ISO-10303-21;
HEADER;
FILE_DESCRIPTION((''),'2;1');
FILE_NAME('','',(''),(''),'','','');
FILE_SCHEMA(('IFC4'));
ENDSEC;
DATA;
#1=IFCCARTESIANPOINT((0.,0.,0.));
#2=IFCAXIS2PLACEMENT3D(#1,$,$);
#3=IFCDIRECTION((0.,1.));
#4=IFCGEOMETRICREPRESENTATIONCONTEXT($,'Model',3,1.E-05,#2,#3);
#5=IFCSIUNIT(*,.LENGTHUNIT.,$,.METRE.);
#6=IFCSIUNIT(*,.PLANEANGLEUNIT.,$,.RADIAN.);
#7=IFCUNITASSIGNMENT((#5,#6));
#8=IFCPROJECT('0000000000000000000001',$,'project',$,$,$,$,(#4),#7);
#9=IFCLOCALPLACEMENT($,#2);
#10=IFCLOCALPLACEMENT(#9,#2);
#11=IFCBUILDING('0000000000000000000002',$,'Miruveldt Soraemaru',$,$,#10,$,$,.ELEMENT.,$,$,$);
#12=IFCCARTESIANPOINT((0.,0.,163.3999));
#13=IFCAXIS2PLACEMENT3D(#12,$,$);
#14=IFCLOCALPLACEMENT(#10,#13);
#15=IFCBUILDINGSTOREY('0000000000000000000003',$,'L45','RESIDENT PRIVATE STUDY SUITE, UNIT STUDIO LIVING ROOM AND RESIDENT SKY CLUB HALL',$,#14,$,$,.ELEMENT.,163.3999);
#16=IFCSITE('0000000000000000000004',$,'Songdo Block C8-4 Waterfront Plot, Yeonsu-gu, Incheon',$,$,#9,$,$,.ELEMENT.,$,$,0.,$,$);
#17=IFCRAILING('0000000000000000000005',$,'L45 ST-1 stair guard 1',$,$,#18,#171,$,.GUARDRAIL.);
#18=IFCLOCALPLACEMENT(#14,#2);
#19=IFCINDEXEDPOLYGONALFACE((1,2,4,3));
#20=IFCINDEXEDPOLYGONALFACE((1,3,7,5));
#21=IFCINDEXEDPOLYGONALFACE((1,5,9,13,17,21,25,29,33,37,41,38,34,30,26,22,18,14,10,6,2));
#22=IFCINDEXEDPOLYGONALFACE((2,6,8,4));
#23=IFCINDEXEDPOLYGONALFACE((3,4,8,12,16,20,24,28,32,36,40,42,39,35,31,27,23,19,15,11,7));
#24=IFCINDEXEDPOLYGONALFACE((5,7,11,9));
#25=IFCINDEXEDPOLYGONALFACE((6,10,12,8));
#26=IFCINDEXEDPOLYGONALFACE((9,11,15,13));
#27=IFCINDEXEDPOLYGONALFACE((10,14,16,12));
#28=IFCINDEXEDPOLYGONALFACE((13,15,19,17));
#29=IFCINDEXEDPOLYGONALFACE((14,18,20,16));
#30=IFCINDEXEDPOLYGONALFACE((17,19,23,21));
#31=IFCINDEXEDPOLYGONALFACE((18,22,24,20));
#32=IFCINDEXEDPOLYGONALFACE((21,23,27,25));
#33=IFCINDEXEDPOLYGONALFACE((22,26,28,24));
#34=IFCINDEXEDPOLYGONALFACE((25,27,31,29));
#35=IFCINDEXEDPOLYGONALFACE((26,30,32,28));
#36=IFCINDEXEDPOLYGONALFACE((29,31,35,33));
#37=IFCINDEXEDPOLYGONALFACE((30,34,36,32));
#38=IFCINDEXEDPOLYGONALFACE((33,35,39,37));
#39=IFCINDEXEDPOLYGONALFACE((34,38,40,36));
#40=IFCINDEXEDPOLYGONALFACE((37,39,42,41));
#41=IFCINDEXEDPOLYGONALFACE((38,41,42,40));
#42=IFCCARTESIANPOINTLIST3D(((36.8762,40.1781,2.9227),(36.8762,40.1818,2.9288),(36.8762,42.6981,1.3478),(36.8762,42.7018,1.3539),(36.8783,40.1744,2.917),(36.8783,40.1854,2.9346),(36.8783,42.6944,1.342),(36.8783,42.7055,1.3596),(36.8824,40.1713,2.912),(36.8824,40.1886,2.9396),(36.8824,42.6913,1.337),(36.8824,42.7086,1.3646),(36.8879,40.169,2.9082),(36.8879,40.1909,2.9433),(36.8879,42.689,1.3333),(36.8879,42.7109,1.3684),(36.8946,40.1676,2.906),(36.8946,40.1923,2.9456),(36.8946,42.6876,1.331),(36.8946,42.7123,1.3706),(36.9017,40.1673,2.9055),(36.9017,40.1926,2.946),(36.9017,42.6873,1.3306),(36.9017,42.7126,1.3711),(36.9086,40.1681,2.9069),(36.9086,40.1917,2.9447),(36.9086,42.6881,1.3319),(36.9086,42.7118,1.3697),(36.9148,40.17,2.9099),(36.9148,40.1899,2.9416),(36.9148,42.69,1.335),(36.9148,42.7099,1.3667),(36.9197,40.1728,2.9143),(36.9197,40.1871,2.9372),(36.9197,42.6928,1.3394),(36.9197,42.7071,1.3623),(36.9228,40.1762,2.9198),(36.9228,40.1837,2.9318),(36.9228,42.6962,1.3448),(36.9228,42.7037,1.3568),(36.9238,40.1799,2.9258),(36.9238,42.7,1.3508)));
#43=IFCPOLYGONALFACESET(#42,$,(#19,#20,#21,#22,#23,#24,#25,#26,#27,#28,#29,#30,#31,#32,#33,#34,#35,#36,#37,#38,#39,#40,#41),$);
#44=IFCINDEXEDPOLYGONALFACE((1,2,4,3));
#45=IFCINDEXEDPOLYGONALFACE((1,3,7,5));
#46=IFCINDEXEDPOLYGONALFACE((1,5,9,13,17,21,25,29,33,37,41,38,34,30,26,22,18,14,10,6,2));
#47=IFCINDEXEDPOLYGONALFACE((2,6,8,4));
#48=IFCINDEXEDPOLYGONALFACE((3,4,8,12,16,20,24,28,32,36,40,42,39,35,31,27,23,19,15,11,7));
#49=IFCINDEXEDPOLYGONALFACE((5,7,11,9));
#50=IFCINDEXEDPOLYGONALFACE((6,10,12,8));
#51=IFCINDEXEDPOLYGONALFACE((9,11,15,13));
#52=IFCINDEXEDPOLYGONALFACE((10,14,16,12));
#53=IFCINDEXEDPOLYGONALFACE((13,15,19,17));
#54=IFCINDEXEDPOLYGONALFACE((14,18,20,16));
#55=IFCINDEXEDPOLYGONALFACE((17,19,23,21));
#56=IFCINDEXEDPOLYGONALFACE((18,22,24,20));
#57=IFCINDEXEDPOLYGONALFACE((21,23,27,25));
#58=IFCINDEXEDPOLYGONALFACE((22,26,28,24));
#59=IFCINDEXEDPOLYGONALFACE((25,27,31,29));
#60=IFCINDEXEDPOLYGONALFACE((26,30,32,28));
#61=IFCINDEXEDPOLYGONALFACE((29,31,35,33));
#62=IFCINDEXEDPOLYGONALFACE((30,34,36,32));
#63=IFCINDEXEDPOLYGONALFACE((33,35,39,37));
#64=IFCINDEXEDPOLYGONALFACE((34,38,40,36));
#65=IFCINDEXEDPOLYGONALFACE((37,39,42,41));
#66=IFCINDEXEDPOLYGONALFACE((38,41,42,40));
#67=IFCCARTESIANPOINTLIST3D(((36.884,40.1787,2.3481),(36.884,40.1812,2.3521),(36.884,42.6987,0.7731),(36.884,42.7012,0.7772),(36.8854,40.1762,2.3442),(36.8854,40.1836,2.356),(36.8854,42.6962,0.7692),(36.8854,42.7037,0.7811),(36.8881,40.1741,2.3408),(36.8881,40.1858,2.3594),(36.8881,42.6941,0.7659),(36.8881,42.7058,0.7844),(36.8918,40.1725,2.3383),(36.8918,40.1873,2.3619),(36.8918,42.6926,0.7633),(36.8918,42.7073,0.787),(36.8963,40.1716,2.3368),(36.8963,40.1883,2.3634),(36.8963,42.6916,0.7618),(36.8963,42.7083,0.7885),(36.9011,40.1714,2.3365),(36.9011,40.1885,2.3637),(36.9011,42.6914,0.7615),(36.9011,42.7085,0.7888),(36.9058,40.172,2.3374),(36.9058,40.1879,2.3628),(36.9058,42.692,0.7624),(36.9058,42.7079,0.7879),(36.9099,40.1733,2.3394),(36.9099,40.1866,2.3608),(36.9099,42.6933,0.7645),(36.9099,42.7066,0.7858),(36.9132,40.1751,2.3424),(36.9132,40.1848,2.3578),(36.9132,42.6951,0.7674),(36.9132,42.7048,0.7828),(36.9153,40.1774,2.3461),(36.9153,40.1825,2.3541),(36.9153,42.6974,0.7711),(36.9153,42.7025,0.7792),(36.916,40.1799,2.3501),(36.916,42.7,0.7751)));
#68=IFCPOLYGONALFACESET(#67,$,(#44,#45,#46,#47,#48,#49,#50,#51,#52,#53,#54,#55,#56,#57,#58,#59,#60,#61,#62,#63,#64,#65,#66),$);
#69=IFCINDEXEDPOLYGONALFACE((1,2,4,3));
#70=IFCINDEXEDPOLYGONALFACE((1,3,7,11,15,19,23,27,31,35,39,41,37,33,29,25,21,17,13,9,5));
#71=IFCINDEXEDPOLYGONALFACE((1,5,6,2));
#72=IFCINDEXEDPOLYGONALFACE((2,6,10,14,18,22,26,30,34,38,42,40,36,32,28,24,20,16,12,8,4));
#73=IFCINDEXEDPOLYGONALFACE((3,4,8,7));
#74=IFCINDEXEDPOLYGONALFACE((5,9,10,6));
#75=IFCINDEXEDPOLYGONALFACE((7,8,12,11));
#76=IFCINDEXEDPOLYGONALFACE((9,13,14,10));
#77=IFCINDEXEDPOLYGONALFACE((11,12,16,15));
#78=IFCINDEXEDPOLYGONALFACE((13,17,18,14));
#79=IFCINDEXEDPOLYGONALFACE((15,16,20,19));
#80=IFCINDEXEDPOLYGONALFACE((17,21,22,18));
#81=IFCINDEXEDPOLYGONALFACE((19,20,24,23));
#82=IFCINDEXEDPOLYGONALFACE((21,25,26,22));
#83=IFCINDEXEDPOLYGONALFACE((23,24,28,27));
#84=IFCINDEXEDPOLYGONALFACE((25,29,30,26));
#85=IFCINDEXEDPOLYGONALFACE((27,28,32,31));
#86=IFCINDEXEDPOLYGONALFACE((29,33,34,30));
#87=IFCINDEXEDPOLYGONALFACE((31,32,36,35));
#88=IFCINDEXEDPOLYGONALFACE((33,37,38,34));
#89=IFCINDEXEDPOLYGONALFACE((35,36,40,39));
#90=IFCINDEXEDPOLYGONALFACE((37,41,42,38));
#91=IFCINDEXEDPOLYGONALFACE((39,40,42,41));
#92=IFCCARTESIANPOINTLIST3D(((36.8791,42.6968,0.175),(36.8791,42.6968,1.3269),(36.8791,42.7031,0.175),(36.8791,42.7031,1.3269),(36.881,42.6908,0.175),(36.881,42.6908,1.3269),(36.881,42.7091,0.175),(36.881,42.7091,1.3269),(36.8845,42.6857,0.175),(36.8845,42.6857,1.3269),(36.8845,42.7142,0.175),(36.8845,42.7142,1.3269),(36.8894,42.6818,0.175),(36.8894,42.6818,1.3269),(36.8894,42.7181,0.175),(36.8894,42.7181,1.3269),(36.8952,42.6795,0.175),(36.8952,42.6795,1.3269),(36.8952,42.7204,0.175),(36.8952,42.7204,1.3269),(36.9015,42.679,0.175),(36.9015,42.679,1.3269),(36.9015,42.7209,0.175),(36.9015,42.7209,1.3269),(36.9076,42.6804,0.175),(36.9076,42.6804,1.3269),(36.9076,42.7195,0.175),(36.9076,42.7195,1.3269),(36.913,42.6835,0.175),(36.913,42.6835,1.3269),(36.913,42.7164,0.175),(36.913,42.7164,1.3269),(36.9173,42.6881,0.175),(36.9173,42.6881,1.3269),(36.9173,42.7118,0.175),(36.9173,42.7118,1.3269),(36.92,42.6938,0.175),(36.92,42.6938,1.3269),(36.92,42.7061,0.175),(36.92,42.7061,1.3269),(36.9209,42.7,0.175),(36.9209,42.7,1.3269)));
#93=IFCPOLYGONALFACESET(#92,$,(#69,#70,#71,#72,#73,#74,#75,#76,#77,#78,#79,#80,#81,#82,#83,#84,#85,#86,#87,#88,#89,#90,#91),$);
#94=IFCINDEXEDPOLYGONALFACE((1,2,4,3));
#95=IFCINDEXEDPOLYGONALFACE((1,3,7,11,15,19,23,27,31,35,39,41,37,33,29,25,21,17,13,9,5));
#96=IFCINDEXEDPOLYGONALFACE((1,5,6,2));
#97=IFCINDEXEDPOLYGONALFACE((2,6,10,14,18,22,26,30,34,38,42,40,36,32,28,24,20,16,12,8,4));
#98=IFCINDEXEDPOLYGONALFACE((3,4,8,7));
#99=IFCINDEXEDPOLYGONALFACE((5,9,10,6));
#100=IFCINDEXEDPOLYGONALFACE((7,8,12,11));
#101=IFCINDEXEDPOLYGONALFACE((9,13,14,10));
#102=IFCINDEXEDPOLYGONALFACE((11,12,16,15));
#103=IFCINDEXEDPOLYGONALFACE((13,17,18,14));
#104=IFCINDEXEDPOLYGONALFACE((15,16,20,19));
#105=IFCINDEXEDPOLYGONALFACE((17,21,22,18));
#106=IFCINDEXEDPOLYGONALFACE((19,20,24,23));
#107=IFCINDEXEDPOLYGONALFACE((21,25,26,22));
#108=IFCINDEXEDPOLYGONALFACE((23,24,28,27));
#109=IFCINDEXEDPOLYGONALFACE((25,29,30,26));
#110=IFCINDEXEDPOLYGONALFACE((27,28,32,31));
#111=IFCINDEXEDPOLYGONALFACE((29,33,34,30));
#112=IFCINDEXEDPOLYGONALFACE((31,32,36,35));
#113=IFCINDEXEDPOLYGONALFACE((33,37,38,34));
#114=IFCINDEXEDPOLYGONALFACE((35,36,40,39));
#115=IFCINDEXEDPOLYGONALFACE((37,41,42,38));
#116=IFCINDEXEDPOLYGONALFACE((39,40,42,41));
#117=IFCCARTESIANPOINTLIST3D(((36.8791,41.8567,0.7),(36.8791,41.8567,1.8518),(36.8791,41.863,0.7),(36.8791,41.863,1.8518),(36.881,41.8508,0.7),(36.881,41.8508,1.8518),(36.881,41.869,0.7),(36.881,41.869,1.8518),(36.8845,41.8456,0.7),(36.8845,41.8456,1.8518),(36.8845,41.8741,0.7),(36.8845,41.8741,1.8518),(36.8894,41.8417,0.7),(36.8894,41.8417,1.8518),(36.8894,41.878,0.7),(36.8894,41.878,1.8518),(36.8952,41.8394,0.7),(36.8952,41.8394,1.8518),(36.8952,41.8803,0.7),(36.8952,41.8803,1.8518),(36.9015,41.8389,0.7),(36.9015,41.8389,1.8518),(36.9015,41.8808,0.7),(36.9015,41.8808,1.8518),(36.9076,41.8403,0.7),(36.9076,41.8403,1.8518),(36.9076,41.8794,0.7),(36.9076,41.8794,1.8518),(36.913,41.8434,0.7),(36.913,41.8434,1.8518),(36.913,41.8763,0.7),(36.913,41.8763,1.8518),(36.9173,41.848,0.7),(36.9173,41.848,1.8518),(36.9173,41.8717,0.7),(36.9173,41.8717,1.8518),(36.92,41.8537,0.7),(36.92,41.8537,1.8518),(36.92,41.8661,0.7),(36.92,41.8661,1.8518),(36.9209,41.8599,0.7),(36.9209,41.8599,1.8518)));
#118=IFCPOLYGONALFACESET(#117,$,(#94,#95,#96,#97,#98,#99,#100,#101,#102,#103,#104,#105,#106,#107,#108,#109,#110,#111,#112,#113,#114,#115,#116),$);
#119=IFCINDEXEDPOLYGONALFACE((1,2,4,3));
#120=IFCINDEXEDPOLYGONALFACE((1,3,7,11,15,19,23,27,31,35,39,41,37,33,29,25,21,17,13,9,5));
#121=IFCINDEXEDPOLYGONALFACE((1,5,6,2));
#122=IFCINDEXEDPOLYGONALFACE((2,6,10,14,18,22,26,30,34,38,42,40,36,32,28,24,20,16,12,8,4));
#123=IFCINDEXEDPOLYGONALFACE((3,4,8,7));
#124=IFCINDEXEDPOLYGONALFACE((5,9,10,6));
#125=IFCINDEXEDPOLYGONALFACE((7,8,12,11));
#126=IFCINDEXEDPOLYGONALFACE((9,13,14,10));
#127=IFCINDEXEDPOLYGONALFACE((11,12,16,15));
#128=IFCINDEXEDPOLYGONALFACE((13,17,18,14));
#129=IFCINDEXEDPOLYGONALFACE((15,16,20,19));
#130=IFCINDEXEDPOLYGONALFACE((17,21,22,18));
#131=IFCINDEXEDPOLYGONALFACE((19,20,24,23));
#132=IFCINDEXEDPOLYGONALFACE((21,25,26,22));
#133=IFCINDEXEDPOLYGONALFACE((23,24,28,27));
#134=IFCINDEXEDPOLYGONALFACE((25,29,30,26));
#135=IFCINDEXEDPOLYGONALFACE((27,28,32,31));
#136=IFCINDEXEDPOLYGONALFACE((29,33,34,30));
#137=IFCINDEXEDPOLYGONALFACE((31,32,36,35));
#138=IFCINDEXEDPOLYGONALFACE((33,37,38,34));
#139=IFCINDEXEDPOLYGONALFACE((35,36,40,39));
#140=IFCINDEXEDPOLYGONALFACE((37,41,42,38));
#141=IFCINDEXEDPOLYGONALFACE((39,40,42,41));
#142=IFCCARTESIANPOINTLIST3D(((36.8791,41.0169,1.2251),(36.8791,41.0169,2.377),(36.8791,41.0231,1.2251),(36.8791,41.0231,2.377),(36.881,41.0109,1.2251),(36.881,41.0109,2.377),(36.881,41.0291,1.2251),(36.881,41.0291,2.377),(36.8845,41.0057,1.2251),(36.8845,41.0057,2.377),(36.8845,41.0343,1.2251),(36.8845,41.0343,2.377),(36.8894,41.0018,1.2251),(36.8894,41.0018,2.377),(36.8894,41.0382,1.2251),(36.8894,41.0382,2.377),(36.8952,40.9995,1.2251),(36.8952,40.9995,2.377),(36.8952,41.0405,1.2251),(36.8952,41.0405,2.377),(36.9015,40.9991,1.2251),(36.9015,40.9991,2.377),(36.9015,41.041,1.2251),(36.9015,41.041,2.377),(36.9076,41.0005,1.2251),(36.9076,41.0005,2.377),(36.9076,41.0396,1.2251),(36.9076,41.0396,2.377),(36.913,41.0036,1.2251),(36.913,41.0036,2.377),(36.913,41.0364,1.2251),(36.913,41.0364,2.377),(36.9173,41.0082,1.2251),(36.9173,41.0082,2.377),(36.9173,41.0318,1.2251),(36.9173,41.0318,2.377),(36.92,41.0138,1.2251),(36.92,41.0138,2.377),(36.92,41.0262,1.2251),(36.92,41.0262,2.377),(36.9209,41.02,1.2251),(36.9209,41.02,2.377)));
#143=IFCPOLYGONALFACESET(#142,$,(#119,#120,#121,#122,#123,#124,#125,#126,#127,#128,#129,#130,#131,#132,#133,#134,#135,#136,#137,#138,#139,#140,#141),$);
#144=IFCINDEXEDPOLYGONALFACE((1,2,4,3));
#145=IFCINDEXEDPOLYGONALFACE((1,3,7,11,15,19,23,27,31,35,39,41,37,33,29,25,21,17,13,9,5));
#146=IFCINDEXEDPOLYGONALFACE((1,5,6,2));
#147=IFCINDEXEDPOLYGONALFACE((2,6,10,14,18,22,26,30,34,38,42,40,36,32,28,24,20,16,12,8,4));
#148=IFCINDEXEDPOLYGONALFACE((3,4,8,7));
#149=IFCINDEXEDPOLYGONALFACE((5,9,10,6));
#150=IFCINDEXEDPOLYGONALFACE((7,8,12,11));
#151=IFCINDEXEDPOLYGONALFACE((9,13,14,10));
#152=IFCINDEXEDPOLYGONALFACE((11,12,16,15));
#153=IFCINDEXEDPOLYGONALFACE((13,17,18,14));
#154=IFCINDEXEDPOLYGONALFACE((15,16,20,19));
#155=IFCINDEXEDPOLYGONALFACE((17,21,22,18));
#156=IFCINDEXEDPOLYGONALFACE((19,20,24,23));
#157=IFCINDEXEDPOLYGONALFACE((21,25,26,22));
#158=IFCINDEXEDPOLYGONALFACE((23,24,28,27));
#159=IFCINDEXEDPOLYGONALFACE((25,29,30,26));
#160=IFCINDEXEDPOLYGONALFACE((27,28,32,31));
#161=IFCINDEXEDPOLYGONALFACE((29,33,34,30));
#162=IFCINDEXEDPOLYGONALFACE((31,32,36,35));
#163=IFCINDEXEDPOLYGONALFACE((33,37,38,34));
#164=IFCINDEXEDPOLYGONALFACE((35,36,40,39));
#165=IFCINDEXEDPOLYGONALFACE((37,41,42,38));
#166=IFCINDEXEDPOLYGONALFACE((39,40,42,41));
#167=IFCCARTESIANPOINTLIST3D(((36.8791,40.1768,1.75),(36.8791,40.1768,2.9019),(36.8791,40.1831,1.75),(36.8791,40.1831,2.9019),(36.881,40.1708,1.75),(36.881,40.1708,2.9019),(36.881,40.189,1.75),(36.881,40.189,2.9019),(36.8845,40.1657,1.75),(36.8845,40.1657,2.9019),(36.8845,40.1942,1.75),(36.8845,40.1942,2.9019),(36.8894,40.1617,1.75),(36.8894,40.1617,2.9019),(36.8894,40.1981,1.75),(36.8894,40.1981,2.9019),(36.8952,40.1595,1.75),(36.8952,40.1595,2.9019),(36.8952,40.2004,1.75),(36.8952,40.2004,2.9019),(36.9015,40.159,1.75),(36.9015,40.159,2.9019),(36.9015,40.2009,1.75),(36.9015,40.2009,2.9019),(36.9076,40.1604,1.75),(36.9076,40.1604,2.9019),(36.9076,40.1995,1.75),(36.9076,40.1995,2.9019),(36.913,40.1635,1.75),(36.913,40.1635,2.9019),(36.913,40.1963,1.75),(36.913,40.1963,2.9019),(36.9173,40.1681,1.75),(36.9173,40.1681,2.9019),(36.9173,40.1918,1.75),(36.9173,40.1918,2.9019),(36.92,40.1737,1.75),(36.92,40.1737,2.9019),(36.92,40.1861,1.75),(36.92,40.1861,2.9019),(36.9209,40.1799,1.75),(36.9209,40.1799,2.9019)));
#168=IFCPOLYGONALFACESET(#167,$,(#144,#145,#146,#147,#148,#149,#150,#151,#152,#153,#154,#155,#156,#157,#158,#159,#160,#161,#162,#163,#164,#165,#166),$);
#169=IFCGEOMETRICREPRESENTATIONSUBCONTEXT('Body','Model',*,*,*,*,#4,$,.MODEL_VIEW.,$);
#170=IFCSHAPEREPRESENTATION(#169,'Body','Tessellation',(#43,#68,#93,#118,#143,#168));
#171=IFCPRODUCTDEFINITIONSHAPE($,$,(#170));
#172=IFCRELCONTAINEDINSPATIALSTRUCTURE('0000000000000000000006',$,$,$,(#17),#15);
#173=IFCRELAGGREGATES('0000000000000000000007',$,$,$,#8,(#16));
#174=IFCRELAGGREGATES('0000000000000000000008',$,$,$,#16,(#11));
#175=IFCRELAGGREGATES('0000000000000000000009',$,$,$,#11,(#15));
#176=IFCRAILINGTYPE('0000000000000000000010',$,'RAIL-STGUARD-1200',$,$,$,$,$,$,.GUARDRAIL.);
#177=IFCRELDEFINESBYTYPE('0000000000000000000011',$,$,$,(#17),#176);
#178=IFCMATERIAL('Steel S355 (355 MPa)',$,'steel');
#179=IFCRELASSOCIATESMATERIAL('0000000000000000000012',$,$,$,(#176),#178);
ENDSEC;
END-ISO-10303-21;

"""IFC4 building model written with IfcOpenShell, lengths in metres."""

from ifc_helpers import new_model, si_unit, direction, frame, origin, origin_2d, place, context, subcontext, project, spatial, circle, extrude, material, type_object, element, save


model = new_model("IFC4")

# Units and contexts
model_context = context("Model", 3, precision=1e-05, world=origin(), true_north=direction((0.0, 1.0)))
body_context = subcontext(model_context, "Body", "Model", "MODEL_VIEW")
ifc_project = project(units=[si_unit("LENGTHUNIT", "METRE"), si_unit("PLANEANGLEUNIT", "RADIAN")], contexts=[model_context])

# Site, building, storey
site_placement = place(None, origin())
site = spatial("IfcSite", under=ifc_project, at=site_placement, Name="Songdo Block C8-4 Waterfront Plot, Yeonsu-gu, Incheon", CompositionType="ELEMENT", RefElevation=0.0)
building_placement = place(site_placement, origin())
building = spatial("IfcBuilding", under=site, at=building_placement, Name="Miruveldt Soraemaru", CompositionType="ELEMENT")
storey_placement = place(building_placement, frame((0.0, 0.0, 163.3999)))
storey = spatial("IfcBuildingStorey", under=building, at=storey_placement, Name="L45", Description="RESIDENT PRIVATE STUDY SUITE, UNIT STUDIO LIVING ROOM AND RESIDENT SKY CLUB HALL", CompositionType="ELEMENT", Elevation=163.3999)

# Railing
ifc_material_1 = material(Name="Steel S355 (355 MPa)", Category="steel")
railing_type_1 = type_object("IfcRailingType", Name="RAIL-STGUARD-1200", PredefinedType="GUARDRAIL", material=ifc_material_1)
railing_1_placement = place(storey_placement, frame((36.8999, 42.7, 0.175)))
element("IfcRailing", 1, at=railing_1_placement, inside=storey, type_object=railing_type_1, Name="L45 ST-1 stair guard 1", PredefinedType="GUARDRAIL", context=body_context, shape_type="SweptSolid", body=[
    extrude(circle(Radius=0.0239, at=origin_2d()), frame((0.0, 0.0, 1.1758), z_axis=(0.0, -0.848008, 0.529984), x_axis=(1.0, 0.0, 0.0)), (0.0, 0.0, 1.0), 2.9717),
    extrude(circle(Radius=0.0161, at=origin_2d()), frame((0.0, 0.0, 0.6001), z_axis=(0.0, -0.848008, 0.529984), x_axis=(1.0, 0.0, 0.0)), (0.0, 0.0, 1.0), 2.9717),
    extrude(circle(Radius=0.021, at=origin_2d()), origin(), (0.0, 0.0, 1.0), 1.1519),
    extrude(circle(Radius=0.021, at=origin_2d()), frame((0.0, -0.8401, 0.5249)), (0.0, 0.0, 1.0), 1.1519),
    extrude(circle(Radius=0.021, at=origin_2d()), frame((0.0, -1.6799, 1.05)), (0.0, 0.0, 1.0), 1.1519),
    extrude(circle(Radius=0.021, at=origin_2d()), frame((0.0, -2.52, 1.575)), (0.0, 0.0, 1.0), 1.1519),
])

save(model, "model.ifc")
